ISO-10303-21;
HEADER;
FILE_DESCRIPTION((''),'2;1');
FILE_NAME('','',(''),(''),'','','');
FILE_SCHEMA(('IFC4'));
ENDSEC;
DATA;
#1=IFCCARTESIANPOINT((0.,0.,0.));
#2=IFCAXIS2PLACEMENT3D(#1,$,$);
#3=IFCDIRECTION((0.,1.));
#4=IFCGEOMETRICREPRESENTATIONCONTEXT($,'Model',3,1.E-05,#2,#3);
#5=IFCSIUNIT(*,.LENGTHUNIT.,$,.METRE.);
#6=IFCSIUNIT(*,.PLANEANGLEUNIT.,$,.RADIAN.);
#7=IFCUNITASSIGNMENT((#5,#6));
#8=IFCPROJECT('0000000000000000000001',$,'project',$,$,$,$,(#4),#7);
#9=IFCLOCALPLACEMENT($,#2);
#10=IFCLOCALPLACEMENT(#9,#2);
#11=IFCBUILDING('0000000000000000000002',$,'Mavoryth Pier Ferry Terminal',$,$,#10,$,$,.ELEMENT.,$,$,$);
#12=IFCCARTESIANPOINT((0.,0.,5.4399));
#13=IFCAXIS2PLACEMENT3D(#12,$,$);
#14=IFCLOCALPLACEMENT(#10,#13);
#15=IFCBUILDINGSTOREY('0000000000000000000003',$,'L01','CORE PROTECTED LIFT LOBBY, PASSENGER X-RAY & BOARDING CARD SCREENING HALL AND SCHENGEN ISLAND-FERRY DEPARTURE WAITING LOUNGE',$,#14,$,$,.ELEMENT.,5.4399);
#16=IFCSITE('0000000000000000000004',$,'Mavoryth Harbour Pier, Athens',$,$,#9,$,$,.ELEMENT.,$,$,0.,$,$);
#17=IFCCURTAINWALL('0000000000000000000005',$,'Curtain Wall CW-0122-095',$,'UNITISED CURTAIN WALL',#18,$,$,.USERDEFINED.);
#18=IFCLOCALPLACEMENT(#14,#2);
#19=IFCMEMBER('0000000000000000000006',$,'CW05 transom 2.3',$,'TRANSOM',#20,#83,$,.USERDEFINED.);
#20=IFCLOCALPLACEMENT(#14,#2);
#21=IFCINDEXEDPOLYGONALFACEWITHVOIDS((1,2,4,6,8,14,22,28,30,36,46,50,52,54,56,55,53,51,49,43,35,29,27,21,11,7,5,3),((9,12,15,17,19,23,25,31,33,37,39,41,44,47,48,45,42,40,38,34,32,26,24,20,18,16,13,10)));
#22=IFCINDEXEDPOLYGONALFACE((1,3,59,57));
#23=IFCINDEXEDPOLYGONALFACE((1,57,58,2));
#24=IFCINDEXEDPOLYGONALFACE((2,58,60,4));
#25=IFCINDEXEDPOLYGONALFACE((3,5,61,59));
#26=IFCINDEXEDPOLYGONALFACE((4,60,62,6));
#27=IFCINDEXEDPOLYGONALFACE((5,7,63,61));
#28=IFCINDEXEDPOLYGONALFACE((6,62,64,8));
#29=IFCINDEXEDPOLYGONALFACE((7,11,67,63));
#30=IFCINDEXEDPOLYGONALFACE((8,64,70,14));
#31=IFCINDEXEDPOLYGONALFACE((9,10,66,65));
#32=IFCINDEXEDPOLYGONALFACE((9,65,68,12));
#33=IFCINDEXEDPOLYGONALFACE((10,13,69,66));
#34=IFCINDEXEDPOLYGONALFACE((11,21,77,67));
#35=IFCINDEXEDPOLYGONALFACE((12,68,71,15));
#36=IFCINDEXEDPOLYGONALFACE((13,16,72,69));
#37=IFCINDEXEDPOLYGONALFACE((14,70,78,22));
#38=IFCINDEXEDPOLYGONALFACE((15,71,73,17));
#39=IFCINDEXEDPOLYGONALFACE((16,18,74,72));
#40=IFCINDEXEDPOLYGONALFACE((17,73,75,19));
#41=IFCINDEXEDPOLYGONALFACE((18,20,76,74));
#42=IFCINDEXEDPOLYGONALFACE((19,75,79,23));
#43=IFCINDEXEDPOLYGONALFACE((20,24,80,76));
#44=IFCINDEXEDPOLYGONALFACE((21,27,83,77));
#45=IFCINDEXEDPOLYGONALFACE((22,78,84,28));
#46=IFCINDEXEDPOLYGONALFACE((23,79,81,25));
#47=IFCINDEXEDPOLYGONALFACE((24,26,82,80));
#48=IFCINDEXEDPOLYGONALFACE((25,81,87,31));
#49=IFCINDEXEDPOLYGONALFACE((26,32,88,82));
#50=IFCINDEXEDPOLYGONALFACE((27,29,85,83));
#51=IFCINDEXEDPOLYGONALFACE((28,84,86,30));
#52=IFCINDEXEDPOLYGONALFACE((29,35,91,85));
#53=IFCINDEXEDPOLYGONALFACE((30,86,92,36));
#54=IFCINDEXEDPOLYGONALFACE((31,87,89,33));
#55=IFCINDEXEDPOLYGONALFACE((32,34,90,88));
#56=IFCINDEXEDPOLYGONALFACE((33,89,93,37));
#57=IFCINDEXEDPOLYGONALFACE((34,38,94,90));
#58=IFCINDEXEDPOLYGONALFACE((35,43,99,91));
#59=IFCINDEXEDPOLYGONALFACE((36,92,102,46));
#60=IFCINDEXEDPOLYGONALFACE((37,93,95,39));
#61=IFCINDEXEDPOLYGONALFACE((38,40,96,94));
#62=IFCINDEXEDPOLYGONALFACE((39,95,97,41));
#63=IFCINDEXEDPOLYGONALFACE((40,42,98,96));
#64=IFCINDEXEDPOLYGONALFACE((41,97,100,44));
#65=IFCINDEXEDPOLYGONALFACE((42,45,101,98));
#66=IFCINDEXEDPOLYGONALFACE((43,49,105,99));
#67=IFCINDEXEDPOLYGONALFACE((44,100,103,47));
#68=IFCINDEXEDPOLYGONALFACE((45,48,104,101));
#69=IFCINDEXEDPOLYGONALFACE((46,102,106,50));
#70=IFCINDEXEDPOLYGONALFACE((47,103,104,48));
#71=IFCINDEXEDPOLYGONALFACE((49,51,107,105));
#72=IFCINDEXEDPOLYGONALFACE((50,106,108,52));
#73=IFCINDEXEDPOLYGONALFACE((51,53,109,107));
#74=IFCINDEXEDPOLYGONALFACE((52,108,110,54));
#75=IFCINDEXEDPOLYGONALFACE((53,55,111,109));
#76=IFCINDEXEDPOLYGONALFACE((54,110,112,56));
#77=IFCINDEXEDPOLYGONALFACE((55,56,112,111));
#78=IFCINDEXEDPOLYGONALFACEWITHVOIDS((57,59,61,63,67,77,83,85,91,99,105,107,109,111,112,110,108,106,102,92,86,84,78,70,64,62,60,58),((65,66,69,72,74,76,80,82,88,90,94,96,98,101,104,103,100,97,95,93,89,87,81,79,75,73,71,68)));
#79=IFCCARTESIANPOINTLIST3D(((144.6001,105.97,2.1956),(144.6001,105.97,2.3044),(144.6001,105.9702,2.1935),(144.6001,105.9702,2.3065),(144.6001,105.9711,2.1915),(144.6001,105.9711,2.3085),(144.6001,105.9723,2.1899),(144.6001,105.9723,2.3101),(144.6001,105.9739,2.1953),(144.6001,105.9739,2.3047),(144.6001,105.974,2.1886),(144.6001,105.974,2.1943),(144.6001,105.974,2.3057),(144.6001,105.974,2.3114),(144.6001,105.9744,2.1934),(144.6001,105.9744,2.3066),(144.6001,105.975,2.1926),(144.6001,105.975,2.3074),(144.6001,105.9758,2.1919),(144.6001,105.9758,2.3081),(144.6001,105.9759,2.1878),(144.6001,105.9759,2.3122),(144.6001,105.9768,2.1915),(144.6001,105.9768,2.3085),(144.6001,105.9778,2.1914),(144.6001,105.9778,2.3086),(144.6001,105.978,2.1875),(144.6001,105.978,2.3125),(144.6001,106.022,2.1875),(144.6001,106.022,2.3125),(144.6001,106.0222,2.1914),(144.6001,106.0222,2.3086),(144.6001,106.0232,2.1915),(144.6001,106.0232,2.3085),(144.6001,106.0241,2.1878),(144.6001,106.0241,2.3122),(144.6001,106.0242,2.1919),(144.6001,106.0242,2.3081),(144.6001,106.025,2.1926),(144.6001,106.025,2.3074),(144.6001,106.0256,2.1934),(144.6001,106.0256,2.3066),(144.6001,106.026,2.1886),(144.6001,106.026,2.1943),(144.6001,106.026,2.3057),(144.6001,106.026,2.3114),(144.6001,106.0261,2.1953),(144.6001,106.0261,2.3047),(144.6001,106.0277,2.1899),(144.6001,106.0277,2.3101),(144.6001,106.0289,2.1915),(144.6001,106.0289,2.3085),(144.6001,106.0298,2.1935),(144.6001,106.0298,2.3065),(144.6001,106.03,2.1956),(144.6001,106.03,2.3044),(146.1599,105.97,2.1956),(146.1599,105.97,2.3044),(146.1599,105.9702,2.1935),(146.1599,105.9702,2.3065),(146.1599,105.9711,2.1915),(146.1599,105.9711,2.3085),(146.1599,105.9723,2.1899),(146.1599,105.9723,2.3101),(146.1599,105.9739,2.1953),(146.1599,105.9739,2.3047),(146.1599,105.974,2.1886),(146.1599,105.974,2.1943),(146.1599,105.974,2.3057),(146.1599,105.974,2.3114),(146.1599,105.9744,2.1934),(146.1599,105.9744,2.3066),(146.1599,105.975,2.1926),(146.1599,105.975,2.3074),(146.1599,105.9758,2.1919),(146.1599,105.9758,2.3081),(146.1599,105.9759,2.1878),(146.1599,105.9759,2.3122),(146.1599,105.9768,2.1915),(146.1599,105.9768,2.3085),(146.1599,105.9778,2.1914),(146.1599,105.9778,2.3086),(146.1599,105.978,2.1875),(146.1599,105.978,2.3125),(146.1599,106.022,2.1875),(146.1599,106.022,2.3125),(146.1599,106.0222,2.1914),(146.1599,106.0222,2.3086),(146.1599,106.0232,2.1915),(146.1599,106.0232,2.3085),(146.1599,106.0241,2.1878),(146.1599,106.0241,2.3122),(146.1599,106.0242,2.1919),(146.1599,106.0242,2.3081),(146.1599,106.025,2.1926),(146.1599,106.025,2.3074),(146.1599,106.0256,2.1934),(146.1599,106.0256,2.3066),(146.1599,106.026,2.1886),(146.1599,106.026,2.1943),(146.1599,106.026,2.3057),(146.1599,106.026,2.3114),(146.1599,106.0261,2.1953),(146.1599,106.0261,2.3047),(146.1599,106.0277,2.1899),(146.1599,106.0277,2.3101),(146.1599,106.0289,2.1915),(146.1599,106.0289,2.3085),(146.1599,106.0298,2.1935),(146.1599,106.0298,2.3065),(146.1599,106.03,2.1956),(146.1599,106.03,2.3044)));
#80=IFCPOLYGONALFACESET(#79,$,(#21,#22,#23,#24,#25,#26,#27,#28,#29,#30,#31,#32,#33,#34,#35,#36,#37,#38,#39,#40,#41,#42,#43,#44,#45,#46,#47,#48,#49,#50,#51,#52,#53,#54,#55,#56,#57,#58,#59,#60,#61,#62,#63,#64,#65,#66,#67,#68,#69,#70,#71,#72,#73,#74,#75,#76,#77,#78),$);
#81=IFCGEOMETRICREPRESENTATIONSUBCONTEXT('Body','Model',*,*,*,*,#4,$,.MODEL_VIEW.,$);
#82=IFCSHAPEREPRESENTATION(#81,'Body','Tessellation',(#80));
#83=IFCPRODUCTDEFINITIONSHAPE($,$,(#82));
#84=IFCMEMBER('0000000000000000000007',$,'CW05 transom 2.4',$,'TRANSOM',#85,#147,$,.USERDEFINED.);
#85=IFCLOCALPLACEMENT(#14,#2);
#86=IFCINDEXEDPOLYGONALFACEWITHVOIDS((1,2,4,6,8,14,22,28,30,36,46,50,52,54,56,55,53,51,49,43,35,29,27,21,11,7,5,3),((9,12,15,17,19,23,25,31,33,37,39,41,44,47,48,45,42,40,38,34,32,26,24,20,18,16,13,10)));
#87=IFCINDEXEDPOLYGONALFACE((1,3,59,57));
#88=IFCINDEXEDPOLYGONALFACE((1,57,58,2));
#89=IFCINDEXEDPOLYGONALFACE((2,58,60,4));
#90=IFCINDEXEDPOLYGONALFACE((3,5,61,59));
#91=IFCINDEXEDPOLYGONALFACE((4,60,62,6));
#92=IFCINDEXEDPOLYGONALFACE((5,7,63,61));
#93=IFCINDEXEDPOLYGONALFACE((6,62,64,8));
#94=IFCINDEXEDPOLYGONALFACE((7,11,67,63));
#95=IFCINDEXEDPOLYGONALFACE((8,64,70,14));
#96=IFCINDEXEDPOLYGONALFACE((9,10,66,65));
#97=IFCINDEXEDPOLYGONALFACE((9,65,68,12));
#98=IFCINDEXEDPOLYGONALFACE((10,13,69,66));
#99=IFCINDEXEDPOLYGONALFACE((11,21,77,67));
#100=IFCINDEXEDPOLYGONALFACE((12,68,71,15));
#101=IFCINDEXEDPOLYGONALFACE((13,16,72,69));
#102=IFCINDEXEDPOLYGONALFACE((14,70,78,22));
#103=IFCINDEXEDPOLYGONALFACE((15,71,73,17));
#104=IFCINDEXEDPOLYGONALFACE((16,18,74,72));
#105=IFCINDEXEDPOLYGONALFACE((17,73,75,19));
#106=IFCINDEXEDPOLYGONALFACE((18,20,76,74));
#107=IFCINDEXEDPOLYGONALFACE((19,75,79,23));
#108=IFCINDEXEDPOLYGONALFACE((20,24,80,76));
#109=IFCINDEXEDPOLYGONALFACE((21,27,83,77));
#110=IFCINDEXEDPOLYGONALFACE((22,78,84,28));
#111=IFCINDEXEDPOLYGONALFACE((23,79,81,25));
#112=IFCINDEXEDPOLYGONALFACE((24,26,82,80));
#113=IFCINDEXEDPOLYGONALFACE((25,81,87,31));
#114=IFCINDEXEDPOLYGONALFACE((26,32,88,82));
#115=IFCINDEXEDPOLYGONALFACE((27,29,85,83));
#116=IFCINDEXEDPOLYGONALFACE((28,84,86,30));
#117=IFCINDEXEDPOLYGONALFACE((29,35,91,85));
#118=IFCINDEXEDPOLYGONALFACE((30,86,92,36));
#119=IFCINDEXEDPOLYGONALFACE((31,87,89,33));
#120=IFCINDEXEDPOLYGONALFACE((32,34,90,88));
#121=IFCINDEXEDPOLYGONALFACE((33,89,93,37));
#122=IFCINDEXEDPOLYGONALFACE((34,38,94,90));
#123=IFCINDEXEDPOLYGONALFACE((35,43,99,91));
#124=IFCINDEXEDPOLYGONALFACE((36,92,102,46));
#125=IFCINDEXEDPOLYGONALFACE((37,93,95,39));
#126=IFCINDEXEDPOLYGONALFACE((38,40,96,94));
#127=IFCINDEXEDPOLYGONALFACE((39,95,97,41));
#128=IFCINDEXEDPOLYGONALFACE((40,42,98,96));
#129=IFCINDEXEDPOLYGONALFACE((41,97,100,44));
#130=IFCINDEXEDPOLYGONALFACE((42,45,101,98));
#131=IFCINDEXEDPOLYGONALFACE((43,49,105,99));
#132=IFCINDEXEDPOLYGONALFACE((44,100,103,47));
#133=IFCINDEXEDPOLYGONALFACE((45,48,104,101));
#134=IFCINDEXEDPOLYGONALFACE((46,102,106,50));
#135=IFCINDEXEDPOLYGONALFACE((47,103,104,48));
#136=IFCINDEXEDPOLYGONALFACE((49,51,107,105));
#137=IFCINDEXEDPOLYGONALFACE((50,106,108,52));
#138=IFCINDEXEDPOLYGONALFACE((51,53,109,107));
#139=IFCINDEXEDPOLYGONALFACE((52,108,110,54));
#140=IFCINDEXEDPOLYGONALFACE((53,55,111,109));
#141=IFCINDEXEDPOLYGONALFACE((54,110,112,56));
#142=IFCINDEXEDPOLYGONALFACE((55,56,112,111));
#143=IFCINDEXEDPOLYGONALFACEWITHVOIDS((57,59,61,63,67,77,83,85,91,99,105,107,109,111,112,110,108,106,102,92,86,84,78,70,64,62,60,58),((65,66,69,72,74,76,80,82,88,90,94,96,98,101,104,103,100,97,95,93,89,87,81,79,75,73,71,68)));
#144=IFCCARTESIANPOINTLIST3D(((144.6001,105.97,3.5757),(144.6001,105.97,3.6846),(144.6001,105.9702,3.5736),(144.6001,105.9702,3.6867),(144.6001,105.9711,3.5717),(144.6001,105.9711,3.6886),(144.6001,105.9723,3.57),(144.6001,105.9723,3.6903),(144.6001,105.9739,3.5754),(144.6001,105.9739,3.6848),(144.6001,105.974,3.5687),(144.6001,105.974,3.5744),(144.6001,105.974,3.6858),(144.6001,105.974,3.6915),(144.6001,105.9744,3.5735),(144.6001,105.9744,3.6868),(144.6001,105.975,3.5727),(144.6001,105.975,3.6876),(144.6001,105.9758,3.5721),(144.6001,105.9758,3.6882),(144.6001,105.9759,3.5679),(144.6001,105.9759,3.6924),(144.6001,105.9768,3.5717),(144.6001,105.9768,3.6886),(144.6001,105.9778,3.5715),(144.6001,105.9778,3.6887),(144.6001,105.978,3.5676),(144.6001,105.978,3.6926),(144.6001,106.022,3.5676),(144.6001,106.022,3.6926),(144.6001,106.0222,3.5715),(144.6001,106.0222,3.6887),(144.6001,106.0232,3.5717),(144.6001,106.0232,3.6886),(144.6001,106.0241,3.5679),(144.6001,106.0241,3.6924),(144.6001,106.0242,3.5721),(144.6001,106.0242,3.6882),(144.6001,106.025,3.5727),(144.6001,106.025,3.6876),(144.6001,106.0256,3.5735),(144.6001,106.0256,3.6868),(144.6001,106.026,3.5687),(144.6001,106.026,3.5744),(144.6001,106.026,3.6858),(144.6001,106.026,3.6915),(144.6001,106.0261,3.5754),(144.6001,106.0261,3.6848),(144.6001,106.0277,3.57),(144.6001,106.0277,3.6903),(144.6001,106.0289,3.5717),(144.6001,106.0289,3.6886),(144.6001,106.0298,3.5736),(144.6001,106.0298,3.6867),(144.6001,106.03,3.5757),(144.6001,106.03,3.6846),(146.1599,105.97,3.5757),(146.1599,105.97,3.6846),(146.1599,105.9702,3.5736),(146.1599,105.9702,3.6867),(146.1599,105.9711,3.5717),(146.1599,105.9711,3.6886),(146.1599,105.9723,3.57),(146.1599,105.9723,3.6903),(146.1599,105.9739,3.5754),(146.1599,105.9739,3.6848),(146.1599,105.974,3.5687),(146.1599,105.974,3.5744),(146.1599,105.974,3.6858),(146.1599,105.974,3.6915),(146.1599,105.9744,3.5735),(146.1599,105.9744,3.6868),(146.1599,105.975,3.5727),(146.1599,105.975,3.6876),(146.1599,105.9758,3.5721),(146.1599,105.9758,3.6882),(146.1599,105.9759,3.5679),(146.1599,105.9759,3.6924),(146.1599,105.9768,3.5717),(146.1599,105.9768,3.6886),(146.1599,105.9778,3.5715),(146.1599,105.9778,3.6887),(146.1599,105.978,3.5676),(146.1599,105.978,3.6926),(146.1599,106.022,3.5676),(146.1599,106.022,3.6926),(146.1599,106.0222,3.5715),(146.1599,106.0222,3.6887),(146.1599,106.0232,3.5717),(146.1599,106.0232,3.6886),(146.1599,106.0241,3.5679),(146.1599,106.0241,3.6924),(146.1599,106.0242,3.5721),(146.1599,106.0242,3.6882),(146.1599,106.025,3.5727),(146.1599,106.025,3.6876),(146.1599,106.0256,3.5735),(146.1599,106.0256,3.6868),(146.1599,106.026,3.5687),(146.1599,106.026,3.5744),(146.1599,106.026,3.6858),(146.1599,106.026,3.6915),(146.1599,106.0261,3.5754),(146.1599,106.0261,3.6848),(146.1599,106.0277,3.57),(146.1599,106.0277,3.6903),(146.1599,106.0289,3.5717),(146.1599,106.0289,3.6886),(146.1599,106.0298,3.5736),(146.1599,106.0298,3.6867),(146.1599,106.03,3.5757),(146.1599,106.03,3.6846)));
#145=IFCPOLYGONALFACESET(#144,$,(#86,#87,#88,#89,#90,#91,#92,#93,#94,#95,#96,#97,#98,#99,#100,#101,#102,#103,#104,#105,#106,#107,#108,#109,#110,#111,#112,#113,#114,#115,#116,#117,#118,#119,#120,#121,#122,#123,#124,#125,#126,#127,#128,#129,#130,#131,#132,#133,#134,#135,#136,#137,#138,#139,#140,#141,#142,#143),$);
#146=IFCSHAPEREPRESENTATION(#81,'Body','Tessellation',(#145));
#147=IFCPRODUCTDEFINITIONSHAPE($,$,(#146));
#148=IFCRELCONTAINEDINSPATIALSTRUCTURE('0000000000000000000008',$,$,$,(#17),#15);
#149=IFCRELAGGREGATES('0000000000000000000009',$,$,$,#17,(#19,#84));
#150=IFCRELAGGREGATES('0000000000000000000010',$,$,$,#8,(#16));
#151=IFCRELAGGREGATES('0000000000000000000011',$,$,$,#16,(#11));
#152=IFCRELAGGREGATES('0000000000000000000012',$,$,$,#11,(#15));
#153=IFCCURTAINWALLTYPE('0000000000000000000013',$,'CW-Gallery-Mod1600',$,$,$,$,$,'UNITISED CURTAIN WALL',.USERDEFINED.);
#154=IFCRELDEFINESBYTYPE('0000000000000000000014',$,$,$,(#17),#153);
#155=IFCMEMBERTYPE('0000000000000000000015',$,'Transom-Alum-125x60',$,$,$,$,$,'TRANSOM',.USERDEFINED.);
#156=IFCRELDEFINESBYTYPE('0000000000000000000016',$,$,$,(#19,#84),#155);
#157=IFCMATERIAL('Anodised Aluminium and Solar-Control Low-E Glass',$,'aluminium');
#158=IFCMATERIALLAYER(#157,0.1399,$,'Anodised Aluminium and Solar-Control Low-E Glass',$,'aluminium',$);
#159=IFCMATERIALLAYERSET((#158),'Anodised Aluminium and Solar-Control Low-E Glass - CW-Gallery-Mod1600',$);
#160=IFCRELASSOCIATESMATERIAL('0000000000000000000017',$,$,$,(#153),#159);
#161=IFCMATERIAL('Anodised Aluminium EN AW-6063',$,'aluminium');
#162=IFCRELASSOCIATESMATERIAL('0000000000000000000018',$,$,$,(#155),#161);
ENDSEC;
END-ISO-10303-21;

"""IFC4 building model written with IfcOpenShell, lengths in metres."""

from ifc_helpers import new_model, si_unit, direction, frame, origin, origin_2d, place, context, subcontext, project, spatial, hollow_rectangle, extrude, material, layer, layer_set, material_profile, profile_set, type_object, element, aggregate, save


model = new_model("IFC4")

# Units and contexts
model_context = context("Model", 3, precision=1e-05, world=origin(), true_north=direction((0.0, 1.0)))
body_context = subcontext(model_context, "Body", "Model", "MODEL_VIEW")
ifc_project = project(units=[si_unit("LENGTHUNIT", "METRE"), si_unit("PLANEANGLEUNIT", "RADIAN")], contexts=[model_context])

# Site, building, storey
site_placement = place(None, origin())
site = spatial("IfcSite", under=ifc_project, at=site_placement, Name="Mavoryth Harbour Pier, Athens", CompositionType="ELEMENT", RefElevation=0.0)
building_placement = place(site_placement, origin())
building = spatial("IfcBuilding", under=site, at=building_placement, Name="Mavoryth Pier Ferry Terminal", CompositionType="ELEMENT")
storey_placement = place(building_placement, frame((0.0, 0.0, 5.4399)))
storey = spatial("IfcBuildingStorey", under=building, at=storey_placement, Name="L01", Description="CORE PROTECTED LIFT LOBBY, PASSENGER X-RAY & BOARDING CARD SCREENING HALL AND SCHENGEN ISLAND-FERRY DEPARTURE WAITING LOUNGE", CompositionType="ELEMENT", Elevation=5.4399)

# Curtain wall
ifc_material_1 = material(Name="Anodised Aluminium and Solar-Control Low-E Glass", Category="aluminium")
ifc_layer_1 = layer(ifc_material_1, 0.1399, Name="Anodised Aluminium and Solar-Control Low-E Glass", Category="aluminium")
ifc_layer_set_1 = layer_set([ifc_layer_1], Name="Anodised Aluminium and Solar-Control Low-E Glass - CW-Gallery-Mod1600")
curtain_wall_type = type_object("IfcCurtainWallType", Name="CW-Gallery-Mod1600", ElementType="UNITISED CURTAIN WALL", PredefinedType="USERDEFINED", material=ifc_layer_set_1)
curtain_wall_placement = place(storey_placement, origin())
curtain_wall = element("IfcCurtainWall", 1, at=curtain_wall_placement, inside=storey, type_object=curtain_wall_type, Name="Curtain Wall CW-0122-095", ObjectType="UNITISED CURTAIN WALL", PredefinedType="USERDEFINED")
ifc_material_2 = material(Name="Anodised Aluminium EN AW-6063", Category="aluminium")

# Members
ifc_material_profile_1 = material_profile(ifc_material_2, hollow_rectangle(XDim=0.0601, YDim=0.125, WallThickness=0.0039, InnerFilletRadius=0.0039, OuterFilletRadius=0.0081, at=origin_2d()), Name="AL-TRAN 125x60x4", Category="aluminium")
ifc_profile_set_1 = profile_set([ifc_material_profile_1], Name="Anodised Aluminium EN AW-6063 - AL-TRAN 125x60x4")
member_type_1 = type_object("IfcMemberType", Name="Transom-Alum-125x60", ElementType="TRANSOM", PredefinedType="USERDEFINED", material=ifc_profile_set_1)
member_1_placement = place(storey_placement, frame((144.6001, 106.0, 2.25), z_axis=(1.0, 0.0, 0.0), x_axis=(0.0, 1.0, 0.0)))
member_1 = element("IfcMember", 2, at=member_1_placement, type_object=member_type_1, Name="CW05 transom 2.3", ObjectType="TRANSOM", PredefinedType="USERDEFINED", context=body_context, shape_type="SweptSolid", body=[
    extrude(hollow_rectangle(XDim=0.0601, YDim=0.125, WallThickness=0.0039, InnerFilletRadius=0.0039, OuterFilletRadius=0.0081, at=origin_2d()), origin(), (0.0, 0.0, 1.0), 1.5598),
])
member_2_placement = place(storey_placement, frame((144.6001, 106.0, 3.6301), z_axis=(1.0, 0.0, 0.0), x_axis=(0.0, 1.0, 0.0)))
member_2 = element("IfcMember", 3, at=member_2_placement, type_object=member_type_1, Name="CW05 transom 2.4", ObjectType="TRANSOM", PredefinedType="USERDEFINED", context=body_context, shape_type="SweptSolid", body=[
    extrude(hollow_rectangle(XDim=0.0601, YDim=0.125, WallThickness=0.0039, InnerFilletRadius=0.0039, OuterFilletRadius=0.0081, at=origin_2d()), origin(), (0.0, 0.0, 1.0), 1.5598),
])

aggregate(curtain_wall, [member_1, member_2])

save(model, "model.ifc")
